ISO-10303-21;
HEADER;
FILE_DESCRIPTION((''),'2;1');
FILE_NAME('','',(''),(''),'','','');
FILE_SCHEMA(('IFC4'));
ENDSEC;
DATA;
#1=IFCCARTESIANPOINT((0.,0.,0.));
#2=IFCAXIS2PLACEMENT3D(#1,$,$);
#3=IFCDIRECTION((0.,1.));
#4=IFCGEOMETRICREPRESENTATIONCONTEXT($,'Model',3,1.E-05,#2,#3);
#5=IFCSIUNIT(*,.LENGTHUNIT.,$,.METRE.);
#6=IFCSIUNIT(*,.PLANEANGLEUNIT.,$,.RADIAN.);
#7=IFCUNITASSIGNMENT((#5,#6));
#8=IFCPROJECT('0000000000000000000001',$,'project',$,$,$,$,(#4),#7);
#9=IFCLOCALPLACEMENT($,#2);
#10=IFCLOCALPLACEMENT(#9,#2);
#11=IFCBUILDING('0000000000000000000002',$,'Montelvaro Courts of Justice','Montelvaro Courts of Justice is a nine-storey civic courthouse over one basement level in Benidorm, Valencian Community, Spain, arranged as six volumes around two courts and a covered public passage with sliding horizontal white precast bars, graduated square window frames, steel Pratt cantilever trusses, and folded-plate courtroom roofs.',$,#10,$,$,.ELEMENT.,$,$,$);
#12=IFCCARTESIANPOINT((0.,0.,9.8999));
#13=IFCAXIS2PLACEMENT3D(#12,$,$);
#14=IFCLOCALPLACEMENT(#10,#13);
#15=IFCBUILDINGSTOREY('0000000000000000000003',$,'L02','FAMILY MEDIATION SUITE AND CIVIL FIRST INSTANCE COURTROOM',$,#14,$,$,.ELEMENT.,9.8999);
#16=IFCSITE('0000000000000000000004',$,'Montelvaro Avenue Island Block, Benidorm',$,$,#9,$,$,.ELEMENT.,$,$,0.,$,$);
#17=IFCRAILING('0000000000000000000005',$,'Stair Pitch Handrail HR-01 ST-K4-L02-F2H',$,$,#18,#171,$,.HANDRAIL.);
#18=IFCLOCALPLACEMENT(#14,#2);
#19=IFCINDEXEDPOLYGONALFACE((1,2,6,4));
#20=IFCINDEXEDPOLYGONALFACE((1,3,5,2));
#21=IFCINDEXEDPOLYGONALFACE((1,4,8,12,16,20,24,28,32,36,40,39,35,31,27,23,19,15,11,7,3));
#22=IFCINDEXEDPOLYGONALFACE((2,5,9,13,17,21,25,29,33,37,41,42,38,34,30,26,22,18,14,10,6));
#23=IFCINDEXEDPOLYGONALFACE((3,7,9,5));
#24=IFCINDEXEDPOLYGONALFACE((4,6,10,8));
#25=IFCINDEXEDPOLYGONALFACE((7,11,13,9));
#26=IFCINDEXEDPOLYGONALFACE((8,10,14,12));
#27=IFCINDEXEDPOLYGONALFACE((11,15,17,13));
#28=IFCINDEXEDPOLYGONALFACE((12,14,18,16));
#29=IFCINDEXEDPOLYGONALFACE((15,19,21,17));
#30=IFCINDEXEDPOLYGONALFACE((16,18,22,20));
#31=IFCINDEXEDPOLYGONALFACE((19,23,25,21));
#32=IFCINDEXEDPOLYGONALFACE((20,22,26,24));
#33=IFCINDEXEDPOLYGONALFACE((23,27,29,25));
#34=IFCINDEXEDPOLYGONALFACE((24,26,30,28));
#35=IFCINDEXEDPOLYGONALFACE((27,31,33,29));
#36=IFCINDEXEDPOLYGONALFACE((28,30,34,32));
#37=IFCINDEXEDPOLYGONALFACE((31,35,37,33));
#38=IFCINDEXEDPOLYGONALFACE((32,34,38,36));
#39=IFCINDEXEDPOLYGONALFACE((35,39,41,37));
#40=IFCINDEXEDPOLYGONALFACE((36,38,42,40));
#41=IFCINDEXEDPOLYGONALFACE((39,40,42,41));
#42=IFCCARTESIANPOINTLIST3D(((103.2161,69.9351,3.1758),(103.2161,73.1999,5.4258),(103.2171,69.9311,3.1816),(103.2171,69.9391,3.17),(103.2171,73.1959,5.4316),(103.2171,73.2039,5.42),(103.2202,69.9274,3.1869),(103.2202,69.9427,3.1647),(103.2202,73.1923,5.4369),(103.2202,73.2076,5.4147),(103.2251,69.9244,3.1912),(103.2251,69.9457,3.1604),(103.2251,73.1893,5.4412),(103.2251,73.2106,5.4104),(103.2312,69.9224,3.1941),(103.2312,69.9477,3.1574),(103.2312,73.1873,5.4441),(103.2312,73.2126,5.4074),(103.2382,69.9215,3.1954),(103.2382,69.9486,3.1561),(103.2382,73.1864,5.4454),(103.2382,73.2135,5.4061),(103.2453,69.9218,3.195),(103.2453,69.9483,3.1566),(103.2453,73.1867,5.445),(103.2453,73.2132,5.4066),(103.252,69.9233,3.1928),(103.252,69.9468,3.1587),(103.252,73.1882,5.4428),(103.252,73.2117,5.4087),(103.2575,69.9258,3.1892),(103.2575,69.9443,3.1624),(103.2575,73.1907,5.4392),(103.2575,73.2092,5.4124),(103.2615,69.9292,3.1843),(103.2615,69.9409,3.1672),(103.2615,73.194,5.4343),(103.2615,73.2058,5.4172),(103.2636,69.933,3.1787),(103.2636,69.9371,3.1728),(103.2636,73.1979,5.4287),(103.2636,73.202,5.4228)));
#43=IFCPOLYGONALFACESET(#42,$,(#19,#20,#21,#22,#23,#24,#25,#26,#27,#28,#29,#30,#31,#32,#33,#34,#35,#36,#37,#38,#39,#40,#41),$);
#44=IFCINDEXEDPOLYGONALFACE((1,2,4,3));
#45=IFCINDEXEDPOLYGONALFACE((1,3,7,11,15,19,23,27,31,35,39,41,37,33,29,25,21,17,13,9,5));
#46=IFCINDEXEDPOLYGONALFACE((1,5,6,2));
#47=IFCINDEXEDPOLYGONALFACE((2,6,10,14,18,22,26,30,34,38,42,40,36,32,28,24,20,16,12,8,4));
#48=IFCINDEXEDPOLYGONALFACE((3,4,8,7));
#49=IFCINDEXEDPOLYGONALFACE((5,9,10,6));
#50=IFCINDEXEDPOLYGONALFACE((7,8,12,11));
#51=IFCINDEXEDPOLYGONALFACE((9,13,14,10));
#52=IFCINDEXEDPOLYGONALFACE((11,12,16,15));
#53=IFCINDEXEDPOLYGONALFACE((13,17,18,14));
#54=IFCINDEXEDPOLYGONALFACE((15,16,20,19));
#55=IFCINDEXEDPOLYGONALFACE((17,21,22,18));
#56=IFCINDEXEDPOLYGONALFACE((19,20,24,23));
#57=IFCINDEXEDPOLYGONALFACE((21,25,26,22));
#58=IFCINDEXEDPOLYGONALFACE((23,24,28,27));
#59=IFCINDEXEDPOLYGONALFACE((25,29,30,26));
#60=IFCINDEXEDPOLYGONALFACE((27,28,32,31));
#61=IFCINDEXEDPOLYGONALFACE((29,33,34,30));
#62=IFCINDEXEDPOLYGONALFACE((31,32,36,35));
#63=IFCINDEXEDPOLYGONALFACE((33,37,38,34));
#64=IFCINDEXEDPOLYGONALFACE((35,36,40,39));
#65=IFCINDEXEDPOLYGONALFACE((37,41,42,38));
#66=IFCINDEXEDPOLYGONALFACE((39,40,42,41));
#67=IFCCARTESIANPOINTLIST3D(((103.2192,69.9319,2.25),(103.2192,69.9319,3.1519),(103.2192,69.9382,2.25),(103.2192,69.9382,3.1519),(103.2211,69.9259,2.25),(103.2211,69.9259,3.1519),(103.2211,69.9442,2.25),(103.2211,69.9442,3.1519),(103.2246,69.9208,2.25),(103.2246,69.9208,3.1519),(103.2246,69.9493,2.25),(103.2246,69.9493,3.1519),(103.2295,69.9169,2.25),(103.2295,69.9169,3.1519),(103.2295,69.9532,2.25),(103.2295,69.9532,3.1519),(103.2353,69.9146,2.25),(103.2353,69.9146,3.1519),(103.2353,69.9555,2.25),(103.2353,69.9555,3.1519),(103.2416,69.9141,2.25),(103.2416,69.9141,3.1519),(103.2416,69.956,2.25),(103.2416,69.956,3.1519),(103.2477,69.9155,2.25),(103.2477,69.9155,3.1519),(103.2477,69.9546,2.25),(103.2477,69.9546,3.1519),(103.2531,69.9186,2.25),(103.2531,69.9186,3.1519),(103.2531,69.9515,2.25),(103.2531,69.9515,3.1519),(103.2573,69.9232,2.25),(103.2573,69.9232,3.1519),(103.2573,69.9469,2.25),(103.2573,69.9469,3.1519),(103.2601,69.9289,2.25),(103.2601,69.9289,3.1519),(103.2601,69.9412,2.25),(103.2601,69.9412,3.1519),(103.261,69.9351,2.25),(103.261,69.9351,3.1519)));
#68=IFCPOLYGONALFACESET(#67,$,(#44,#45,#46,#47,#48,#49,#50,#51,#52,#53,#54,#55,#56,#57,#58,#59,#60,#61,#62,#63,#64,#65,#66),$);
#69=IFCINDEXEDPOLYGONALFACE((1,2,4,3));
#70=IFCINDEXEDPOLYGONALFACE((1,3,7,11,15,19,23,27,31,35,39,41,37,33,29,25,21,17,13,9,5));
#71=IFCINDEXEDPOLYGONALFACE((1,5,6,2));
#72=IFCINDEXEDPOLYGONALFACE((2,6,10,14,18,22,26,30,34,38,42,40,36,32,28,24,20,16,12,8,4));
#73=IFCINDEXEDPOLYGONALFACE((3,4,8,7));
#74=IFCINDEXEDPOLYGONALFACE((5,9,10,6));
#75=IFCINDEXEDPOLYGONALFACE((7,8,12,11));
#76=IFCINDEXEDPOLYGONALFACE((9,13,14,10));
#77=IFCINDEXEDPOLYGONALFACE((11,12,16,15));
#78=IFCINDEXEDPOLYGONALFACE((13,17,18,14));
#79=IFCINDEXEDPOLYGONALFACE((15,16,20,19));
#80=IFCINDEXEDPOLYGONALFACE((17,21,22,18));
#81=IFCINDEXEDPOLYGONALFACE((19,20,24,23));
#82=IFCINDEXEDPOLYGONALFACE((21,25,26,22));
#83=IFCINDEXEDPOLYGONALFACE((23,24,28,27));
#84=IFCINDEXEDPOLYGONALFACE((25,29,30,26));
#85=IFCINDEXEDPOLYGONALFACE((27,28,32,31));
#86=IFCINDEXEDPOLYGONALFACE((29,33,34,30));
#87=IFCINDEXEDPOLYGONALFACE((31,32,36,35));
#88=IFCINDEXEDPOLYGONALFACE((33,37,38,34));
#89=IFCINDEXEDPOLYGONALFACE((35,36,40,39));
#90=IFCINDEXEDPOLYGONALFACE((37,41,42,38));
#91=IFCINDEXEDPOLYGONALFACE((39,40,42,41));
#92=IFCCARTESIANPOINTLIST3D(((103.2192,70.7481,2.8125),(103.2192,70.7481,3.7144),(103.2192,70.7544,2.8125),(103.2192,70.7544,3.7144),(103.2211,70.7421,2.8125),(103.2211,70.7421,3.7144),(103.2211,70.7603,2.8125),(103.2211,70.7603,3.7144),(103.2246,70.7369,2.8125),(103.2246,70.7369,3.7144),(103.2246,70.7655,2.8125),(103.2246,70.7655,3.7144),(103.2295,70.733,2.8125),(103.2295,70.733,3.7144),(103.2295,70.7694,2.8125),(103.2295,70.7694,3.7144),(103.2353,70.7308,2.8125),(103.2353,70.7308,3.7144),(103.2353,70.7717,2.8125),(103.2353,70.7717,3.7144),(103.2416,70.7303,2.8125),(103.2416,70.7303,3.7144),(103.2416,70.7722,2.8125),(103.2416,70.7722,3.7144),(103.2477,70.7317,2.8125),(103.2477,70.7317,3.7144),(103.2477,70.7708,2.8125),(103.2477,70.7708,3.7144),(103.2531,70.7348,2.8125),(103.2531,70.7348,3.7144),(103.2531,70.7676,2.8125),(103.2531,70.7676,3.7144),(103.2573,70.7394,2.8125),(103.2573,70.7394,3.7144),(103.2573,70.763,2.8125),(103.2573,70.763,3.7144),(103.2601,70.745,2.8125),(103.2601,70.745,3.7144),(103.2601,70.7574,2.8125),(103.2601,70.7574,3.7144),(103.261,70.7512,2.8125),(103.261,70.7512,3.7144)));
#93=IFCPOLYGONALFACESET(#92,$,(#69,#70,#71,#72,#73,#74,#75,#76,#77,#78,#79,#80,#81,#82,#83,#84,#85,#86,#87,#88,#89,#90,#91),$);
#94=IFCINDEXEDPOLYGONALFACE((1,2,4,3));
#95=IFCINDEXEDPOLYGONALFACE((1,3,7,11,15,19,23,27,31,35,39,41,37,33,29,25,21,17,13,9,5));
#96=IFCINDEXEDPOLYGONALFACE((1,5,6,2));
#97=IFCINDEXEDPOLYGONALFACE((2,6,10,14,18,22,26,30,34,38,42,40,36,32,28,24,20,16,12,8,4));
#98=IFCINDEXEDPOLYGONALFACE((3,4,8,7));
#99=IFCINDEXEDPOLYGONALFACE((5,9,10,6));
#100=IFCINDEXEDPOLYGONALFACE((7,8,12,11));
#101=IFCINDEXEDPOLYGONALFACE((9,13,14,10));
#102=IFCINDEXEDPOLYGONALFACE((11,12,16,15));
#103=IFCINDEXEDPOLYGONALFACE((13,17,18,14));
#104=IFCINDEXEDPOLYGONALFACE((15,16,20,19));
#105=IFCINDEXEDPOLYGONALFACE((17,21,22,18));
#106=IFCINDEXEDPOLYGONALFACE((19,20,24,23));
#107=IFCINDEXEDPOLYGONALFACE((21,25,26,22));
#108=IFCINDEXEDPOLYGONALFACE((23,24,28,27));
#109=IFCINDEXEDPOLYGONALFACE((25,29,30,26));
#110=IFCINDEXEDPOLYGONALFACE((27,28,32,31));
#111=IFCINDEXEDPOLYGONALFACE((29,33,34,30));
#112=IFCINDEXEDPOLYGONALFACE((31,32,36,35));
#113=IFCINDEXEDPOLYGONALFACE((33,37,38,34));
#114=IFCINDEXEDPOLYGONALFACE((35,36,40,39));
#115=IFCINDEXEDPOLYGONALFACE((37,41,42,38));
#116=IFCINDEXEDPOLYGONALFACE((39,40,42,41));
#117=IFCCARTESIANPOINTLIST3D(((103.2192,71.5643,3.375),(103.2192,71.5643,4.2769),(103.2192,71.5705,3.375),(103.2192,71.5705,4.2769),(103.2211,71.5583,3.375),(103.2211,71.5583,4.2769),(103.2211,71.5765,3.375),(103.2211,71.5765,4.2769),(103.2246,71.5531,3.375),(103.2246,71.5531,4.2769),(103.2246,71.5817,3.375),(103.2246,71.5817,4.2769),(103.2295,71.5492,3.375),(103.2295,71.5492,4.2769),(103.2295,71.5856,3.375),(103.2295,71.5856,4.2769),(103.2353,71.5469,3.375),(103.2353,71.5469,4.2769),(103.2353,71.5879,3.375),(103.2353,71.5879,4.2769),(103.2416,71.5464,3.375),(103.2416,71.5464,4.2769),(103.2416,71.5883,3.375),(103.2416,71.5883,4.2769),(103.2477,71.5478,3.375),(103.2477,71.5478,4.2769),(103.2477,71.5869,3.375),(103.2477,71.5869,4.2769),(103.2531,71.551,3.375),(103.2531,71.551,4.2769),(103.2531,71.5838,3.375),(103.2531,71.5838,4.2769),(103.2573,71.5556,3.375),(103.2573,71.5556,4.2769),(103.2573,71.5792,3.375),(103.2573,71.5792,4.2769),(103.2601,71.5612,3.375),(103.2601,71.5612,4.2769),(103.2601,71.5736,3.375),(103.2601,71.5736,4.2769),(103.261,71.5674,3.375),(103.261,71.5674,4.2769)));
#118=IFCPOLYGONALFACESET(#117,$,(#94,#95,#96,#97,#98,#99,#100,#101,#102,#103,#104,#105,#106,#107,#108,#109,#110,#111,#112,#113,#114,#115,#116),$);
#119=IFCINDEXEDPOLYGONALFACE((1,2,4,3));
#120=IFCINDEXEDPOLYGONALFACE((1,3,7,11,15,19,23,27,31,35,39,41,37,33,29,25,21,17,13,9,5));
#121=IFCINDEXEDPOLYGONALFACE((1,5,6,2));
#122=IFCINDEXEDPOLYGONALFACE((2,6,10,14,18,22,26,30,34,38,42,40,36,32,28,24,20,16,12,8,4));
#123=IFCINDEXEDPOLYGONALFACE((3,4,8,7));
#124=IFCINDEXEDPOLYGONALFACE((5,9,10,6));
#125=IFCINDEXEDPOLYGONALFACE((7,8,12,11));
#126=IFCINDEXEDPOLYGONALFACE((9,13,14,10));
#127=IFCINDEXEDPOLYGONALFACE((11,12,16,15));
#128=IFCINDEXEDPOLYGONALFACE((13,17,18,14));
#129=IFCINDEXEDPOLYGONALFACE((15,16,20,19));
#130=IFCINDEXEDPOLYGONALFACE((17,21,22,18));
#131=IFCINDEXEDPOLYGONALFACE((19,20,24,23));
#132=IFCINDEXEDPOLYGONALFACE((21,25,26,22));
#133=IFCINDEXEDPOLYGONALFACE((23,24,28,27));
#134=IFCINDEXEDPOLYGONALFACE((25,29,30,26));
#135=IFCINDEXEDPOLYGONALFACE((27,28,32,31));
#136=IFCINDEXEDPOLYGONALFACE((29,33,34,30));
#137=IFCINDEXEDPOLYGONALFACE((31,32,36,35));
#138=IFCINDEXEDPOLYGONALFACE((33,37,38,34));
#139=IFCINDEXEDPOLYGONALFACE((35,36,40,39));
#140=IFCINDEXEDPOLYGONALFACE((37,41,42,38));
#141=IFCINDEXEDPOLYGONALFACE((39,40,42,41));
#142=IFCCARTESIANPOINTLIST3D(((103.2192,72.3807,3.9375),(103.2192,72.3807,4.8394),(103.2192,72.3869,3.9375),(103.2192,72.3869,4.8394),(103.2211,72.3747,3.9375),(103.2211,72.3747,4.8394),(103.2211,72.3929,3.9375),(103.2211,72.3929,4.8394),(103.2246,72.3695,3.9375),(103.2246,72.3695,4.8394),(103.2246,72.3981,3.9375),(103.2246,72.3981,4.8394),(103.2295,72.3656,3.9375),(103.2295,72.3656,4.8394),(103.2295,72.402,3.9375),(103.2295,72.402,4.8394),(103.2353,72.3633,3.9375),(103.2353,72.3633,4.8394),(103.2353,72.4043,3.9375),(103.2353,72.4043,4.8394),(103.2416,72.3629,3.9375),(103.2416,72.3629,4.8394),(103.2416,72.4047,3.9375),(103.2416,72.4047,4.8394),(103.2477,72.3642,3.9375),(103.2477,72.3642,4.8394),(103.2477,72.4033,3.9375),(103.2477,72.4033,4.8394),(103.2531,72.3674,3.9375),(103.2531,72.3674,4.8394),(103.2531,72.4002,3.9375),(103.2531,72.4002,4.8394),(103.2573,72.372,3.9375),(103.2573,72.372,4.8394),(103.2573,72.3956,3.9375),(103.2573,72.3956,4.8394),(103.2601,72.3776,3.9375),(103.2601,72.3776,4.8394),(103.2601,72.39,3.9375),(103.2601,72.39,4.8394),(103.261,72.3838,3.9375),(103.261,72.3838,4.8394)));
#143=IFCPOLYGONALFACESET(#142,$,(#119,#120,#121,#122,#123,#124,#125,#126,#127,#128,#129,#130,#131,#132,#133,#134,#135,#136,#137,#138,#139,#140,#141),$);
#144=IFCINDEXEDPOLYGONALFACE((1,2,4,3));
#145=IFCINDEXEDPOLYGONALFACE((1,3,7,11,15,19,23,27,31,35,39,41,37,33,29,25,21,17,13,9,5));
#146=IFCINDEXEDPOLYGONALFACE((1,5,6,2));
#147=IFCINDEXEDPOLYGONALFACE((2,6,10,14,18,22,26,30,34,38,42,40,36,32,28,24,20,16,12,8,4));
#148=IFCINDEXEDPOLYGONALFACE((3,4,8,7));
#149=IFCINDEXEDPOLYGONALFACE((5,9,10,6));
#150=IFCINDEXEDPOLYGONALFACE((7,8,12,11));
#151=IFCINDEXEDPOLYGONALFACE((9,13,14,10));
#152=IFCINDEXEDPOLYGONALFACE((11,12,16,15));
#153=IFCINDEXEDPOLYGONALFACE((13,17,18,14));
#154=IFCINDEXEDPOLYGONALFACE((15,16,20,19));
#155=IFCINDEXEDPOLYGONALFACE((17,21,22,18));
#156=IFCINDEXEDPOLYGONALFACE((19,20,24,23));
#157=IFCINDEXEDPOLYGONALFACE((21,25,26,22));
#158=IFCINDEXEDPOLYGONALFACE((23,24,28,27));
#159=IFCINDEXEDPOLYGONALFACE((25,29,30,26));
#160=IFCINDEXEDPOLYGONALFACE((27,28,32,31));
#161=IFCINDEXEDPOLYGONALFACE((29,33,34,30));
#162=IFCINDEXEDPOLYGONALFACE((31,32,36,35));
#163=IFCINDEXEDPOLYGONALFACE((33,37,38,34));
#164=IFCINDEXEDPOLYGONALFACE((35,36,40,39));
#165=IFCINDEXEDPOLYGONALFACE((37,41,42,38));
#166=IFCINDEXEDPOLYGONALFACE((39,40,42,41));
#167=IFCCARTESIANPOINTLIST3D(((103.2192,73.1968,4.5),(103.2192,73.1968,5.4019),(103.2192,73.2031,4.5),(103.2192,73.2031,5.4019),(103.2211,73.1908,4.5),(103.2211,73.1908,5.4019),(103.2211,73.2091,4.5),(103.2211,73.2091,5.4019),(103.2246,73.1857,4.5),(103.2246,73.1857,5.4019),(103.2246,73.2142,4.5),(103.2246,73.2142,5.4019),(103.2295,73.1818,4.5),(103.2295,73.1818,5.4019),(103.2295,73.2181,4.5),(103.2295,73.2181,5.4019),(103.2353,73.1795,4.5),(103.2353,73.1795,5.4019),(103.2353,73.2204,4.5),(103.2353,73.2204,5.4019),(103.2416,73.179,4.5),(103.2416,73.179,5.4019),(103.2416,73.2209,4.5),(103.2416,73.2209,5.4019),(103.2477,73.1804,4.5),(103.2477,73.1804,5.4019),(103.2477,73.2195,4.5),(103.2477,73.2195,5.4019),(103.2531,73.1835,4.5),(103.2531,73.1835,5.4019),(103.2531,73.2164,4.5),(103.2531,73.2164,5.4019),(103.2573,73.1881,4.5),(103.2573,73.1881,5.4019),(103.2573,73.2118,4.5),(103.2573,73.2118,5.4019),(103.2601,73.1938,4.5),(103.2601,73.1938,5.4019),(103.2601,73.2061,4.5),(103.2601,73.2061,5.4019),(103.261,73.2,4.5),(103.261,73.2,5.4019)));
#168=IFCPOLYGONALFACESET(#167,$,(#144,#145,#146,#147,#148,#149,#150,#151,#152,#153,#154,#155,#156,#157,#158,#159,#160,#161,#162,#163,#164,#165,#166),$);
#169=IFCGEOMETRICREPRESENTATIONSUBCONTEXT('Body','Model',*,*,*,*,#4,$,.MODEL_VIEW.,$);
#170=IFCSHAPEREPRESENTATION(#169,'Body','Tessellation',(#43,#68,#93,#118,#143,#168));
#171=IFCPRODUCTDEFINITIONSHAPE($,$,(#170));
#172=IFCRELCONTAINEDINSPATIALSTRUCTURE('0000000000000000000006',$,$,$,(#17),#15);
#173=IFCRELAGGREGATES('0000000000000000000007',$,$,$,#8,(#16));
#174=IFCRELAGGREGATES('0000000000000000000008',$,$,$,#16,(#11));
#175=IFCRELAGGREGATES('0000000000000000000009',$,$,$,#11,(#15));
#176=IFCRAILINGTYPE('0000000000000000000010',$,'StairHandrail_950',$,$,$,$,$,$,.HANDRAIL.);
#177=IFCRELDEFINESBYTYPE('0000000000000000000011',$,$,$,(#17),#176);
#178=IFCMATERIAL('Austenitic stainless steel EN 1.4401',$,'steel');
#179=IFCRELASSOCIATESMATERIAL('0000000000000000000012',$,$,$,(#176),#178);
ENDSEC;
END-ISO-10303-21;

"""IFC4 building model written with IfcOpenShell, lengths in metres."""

from ifc_helpers import new_model, si_unit, direction, frame, origin, origin_2d, place, context, subcontext, project, spatial, circle, extrude, material, type_object, element, save


model = new_model("IFC4")

# Units and contexts
model_context = context("Model", 3, precision=1e-05, world=origin(), true_north=direction((0.0, 1.0)))
body_context = subcontext(model_context, "Body", "Model", "MODEL_VIEW")
ifc_project = project(units=[si_unit("LENGTHUNIT", "METRE"), si_unit("PLANEANGLEUNIT", "RADIAN")], contexts=[model_context])

# Site, building, storey
site_placement = place(None, origin())
site = spatial("IfcSite", under=ifc_project, at=site_placement, Name="Montelvaro Avenue Island Block, Benidorm", CompositionType="ELEMENT", RefElevation=0.0)
building_placement = place(site_placement, origin())
building = spatial("IfcBuilding", under=site, at=building_placement, Name="Montelvaro Courts of Justice", Description="Montelvaro Courts of Justice is a nine-storey civic courthouse over one basement level in Benidorm, Valencian Community, Spain, arranged as six volumes around two courts and a covered public passage with sliding horizontal white precast bars, graduated square window frames, steel Pratt cantilever trusses, and folded-plate courtroom roofs.", CompositionType="ELEMENT")
storey_placement = place(building_placement, frame((0.0, 0.0, 9.8999)))
storey = spatial("IfcBuildingStorey", under=building, at=storey_placement, Name="L02", Description="FAMILY MEDIATION SUITE AND CIVIL FIRST INSTANCE COURTROOM", CompositionType="ELEMENT", Elevation=9.8999)

# Railing
ifc_material_1 = material(Name="Austenitic stainless steel EN 1.4401", Category="steel")
railing_type_1 = type_object("IfcRailingType", Name="StairHandrail_950", PredefinedType="HANDRAIL", material=ifc_material_1)
railing_1_placement = place(storey_placement, frame((103.24, 69.9351, 2.25)))
element("IfcRailing", 1, at=railing_1_placement, inside=storey, type_object=railing_type_1, Name="Stair Pitch Handrail HR-01 ST-K4-L02-F2H", PredefinedType="HANDRAIL", context=body_context, shape_type="SweptSolid", body=[
    extrude(circle(Radius=0.0239, at=origin_2d()), frame((0.0, 0.0, 0.9258), z_axis=(0.0, 0.823407, 0.567451), x_axis=(-1.0, 0.0, 0.0)), (0.0, 0.0, 1.0), 3.9651),
    extrude(circle(Radius=0.021, at=origin_2d()), origin(), (0.0, 0.0, 1.0), 0.9019),
    extrude(circle(Radius=0.021, at=origin_2d()), frame((0.0, 0.8162, 0.5625)), (0.0, 0.0, 1.0), 0.9019),
    extrude(circle(Radius=0.021, at=origin_2d()), frame((0.0, 1.6323, 1.125)), (0.0, 0.0, 1.0), 0.9019),
    extrude(circle(Radius=0.021, at=origin_2d()), frame((0.0, 2.4487, 1.6875)), (0.0, 0.0, 1.0), 0.9019),
    extrude(circle(Radius=0.021, at=origin_2d()), frame((0.0, 3.2649, 2.25)), (0.0, 0.0, 1.0), 0.9019),
])

save(model, "model.ifc")
